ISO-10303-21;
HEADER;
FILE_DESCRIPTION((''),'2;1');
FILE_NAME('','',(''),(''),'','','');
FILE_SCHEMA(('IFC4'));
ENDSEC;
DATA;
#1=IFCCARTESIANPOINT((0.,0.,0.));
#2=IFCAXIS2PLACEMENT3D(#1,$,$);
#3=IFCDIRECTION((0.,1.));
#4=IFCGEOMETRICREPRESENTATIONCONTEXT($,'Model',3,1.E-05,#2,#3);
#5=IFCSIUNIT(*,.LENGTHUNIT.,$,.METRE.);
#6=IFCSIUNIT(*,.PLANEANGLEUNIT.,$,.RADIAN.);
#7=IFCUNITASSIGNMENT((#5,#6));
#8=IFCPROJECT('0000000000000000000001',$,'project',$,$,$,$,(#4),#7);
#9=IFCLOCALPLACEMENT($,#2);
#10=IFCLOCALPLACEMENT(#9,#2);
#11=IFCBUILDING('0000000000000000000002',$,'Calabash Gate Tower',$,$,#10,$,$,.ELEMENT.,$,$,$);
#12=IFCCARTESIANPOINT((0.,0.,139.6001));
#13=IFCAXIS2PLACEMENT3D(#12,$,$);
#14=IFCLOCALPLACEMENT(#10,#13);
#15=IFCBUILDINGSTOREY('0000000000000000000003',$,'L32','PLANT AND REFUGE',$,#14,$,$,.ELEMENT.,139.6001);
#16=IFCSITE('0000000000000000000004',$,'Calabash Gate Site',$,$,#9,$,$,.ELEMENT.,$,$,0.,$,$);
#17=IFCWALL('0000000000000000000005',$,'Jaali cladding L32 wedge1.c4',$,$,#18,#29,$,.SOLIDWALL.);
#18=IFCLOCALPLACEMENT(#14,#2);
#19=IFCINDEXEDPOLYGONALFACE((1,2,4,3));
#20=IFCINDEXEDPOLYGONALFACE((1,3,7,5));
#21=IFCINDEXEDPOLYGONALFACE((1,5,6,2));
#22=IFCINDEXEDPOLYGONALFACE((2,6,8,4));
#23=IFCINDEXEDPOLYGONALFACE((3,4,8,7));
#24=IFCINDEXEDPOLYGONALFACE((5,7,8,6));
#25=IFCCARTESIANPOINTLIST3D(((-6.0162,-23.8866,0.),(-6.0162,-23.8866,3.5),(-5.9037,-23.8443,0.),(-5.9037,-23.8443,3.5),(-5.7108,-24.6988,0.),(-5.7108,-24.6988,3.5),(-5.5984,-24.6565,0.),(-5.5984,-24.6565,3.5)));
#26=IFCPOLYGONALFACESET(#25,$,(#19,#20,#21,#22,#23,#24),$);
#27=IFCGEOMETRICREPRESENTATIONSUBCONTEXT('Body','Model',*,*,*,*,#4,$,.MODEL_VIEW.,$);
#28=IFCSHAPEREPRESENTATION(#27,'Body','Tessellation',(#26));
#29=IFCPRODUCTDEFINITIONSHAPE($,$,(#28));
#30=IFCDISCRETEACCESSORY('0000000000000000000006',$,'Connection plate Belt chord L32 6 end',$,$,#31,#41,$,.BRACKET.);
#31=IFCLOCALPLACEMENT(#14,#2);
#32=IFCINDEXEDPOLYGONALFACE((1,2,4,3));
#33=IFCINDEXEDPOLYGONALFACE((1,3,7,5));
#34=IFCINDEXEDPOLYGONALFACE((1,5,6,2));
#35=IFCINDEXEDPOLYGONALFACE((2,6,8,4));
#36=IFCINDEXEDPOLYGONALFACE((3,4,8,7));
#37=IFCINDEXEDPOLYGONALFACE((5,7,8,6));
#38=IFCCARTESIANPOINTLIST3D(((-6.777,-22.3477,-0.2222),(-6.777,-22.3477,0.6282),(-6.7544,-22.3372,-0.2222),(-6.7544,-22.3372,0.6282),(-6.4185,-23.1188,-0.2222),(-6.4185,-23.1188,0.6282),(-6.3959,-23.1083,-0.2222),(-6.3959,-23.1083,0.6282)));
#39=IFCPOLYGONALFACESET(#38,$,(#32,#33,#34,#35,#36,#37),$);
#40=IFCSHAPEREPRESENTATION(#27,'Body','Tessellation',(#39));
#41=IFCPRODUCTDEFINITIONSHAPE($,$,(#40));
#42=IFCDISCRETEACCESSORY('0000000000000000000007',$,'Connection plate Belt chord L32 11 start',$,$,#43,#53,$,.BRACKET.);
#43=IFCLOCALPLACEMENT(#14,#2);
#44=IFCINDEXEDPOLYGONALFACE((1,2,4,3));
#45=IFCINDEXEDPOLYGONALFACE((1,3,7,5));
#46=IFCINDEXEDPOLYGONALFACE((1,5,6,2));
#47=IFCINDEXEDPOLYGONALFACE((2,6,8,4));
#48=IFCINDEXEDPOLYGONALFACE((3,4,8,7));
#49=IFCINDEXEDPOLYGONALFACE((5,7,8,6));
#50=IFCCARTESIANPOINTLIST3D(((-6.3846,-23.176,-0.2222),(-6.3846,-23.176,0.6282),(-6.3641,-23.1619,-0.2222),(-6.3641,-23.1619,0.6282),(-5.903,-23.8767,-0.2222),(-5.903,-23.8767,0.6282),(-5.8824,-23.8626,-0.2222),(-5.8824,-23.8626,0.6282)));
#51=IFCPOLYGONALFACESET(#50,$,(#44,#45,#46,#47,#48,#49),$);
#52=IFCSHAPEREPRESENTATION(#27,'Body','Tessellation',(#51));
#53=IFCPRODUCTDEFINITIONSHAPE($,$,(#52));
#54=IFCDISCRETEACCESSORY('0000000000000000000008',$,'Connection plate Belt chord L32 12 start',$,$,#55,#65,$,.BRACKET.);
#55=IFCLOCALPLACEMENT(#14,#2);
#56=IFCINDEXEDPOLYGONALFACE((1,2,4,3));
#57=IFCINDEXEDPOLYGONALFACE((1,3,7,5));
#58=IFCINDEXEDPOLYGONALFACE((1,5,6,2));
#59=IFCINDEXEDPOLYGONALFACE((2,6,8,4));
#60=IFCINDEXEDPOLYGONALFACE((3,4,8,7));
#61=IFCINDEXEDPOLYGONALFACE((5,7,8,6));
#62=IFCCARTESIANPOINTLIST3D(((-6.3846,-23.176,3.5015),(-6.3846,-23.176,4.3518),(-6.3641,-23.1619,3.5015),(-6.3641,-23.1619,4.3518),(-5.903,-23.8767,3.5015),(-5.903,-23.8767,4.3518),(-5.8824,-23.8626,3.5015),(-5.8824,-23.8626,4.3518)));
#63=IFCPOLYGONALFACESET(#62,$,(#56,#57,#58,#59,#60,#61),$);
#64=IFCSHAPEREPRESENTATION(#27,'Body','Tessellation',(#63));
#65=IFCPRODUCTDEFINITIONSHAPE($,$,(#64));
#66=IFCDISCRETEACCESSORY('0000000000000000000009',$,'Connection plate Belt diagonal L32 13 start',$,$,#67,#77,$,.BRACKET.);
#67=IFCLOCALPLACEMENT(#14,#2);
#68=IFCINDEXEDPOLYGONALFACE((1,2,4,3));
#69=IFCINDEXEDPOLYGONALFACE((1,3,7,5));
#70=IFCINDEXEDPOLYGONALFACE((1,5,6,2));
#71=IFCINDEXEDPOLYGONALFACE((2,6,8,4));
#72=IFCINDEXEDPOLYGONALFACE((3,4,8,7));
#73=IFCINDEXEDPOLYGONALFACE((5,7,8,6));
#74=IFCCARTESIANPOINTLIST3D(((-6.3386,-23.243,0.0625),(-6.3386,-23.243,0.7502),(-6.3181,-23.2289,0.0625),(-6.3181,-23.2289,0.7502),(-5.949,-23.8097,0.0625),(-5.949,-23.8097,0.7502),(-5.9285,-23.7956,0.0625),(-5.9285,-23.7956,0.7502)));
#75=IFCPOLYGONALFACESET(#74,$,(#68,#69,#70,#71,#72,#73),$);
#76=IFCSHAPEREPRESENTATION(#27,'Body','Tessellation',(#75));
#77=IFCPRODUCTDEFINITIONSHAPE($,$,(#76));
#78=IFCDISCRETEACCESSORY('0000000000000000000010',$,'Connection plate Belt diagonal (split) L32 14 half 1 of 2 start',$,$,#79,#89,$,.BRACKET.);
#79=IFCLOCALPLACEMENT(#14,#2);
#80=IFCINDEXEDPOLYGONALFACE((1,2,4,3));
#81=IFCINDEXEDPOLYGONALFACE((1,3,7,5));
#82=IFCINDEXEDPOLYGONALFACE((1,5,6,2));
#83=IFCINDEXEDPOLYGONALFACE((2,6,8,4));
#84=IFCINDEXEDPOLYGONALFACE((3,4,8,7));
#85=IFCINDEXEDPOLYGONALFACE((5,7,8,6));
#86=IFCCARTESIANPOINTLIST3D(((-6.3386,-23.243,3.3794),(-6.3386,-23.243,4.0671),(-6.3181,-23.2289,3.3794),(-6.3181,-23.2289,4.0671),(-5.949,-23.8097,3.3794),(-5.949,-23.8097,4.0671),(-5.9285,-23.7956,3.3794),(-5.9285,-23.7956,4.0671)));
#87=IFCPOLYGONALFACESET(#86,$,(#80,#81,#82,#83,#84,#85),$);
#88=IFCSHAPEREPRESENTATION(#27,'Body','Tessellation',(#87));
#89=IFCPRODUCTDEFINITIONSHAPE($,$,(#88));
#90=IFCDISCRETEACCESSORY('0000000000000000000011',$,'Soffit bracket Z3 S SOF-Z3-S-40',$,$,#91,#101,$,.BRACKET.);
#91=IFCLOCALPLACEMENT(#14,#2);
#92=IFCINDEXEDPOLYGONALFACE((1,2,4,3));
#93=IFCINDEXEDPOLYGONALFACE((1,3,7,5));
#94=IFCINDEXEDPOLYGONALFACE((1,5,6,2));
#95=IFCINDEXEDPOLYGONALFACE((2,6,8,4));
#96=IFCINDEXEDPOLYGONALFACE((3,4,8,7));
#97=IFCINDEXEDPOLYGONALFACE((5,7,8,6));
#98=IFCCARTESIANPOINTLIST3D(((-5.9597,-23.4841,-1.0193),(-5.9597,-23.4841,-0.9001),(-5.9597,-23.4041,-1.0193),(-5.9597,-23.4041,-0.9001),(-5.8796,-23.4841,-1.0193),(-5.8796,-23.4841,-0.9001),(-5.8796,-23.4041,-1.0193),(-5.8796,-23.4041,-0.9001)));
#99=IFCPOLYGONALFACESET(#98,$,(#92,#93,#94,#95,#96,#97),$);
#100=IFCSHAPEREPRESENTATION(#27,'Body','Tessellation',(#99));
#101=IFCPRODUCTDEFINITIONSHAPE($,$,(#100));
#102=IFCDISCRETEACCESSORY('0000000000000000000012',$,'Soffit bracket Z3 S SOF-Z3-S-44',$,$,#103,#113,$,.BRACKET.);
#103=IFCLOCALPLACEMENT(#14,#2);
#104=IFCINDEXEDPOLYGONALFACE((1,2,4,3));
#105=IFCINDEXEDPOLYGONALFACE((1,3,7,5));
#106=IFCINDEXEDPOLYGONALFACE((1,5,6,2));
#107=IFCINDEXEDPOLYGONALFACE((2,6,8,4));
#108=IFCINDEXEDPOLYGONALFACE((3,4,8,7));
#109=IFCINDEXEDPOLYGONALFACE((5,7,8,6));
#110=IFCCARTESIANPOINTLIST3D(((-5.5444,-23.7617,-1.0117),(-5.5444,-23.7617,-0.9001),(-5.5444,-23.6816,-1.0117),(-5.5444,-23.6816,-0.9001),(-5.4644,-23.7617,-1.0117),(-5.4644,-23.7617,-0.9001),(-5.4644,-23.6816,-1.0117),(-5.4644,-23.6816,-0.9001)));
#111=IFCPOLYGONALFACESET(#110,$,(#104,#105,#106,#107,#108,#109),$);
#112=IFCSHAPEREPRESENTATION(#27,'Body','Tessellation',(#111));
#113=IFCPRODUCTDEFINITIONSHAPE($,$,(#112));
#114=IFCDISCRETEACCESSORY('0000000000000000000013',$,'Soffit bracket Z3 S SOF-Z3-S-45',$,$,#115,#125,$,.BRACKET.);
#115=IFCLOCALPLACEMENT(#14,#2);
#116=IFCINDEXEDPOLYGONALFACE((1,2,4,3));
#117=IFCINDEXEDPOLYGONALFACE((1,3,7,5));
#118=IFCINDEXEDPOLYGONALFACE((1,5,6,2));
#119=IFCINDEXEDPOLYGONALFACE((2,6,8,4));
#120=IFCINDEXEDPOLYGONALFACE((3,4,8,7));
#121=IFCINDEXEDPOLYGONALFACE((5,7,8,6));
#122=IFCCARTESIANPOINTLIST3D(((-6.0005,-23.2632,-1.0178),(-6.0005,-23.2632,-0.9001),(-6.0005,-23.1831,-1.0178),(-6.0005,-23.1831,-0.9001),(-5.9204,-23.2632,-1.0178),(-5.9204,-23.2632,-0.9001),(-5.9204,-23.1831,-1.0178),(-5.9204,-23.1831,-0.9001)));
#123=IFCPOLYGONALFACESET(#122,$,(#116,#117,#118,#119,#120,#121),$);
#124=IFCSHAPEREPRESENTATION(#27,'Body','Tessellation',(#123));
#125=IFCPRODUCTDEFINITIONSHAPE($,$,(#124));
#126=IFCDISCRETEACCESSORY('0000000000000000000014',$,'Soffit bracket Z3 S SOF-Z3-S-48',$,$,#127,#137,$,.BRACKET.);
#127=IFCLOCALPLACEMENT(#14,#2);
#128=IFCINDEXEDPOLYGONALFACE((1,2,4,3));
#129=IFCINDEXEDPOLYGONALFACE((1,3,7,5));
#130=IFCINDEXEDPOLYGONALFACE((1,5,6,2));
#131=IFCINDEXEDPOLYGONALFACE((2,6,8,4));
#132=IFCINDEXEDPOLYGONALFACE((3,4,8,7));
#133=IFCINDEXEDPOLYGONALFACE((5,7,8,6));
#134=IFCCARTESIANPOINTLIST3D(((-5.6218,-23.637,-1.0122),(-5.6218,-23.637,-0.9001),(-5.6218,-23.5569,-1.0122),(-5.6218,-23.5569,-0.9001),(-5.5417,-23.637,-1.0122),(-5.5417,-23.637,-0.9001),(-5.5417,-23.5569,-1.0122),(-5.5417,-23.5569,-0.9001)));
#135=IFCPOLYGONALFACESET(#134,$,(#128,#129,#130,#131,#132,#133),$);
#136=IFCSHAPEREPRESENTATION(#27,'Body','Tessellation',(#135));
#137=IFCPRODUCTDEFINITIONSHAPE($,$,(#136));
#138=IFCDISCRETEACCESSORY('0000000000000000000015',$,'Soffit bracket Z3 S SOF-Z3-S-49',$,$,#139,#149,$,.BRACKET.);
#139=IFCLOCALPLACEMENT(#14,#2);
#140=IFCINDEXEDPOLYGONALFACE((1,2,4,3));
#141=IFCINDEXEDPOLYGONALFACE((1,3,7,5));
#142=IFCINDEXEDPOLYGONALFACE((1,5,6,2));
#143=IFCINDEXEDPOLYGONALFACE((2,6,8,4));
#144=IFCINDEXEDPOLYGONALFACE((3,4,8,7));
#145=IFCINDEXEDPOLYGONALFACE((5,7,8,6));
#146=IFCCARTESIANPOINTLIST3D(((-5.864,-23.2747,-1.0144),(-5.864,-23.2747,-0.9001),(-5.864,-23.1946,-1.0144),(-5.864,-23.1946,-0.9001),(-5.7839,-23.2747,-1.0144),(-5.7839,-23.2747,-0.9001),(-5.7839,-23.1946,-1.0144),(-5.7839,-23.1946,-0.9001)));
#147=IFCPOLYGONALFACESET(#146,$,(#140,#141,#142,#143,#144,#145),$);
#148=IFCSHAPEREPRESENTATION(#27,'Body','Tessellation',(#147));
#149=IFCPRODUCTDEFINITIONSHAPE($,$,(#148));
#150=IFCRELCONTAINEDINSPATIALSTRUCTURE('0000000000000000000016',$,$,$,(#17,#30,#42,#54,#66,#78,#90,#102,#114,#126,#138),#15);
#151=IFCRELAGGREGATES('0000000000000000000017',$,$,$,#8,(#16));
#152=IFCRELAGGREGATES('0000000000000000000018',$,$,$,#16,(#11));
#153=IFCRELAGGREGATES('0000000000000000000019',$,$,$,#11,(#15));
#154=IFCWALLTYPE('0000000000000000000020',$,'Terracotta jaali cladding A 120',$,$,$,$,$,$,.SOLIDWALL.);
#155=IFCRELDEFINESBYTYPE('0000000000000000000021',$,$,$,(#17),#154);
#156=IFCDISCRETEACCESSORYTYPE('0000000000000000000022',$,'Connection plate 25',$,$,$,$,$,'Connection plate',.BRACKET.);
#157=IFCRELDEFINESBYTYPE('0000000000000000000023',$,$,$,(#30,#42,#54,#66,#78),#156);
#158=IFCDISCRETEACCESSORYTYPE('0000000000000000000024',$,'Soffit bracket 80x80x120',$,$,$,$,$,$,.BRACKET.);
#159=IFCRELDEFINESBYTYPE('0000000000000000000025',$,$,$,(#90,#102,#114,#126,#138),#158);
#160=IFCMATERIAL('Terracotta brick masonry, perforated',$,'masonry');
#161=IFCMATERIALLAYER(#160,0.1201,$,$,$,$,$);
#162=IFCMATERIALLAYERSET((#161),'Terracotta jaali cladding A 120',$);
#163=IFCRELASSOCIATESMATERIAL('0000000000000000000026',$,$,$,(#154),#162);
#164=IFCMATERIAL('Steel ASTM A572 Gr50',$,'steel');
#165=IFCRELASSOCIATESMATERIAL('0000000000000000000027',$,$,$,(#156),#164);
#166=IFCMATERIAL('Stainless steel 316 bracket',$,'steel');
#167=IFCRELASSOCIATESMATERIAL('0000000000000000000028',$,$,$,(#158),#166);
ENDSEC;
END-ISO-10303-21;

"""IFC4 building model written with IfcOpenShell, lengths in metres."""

from ifc_helpers import new_model, si_unit, direction, frame, frame_2d, origin, origin_2d, place, context, subcontext, project, spatial, rectangle, extrude, material, layer, layer_set, type_object, element, save


model = new_model("IFC4")

# Units and contexts
model_context = context("Model", 3, precision=1e-05, world=origin(), true_north=direction((0.0, 1.0)))
body_context = subcontext(model_context, "Body", "Model", "MODEL_VIEW")
ifc_project = project(units=[si_unit("LENGTHUNIT", "METRE"), si_unit("PLANEANGLEUNIT", "RADIAN")], contexts=[model_context])

# Site, building, storey
site_placement = place(None, origin())
site = spatial("IfcSite", under=ifc_project, at=site_placement, Name="Calabash Gate Site", CompositionType="ELEMENT", RefElevation=0.0)
building_placement = place(site_placement, origin())
building = spatial("IfcBuilding", under=site, at=building_placement, Name="Calabash Gate Tower", CompositionType="ELEMENT")
storey_placement = place(building_placement, frame((0.0, 0.0, 139.6001)))
storey = spatial("IfcBuildingStorey", under=building, at=storey_placement, Name="L32", Description="PLANT AND REFUGE", CompositionType="ELEMENT", Elevation=139.6001)

# Wall
ifc_material_1 = material(Name="Terracotta brick masonry, perforated", Category="masonry")
ifc_layer_1 = layer(ifc_material_1, 0.1201)
ifc_layer_set_1 = layer_set([ifc_layer_1], Name="Terracotta jaali cladding A 120")
wall_type = type_object("IfcWallType", Name="Terracotta jaali cladding A 120", PredefinedType="SOLIDWALL", material=ifc_layer_set_1)
wall_placement = place(storey_placement, frame((-5.96, -23.8655, 0.0), z_axis=(0.0, 0.0, 1.0), x_axis=(0.351956, -0.936017, 0.0)))
element("IfcWall", 1, at=wall_placement, inside=storey, type_object=wall_type, Name="Jaali cladding L32 wedge1.c4", PredefinedType="SOLIDWALL", context=body_context, shape_type="SweptSolid", body=[
    extrude(rectangle(XDim=0.8677, YDim=0.1201, at=frame_2d((0.4338, 0.0))), origin(), (0.0, 0.0, 1.0), 3.5),
])

# Discrete accessories
ifc_material_2 = material(Name="Steel ASTM A572 Gr50", Category="steel")
discrete_accessory_type_1 = type_object("IfcDiscreteAccessoryType", Name="Connection plate 25", ElementType="Connection plate", PredefinedType="BRACKET", material=ifc_material_2)
for number, where, z_axis, x_axis, name in (
    (2, (-6.5864, -22.728, -0.2222), (0.0, 0.0, 1.0), (0.421566, -0.906798, 0.0), "Connection plate Belt chord L32 6 end"),
    (3, (-6.1335, -23.5193, -0.2222), (0.0, 0.0, 1.0), (0.566463, -0.824087, 0.0), "Connection plate Belt chord L32 11 start"),
    (4, (-6.1335, -23.5193, 3.5015), (0.0, 0.0, 1.0), (0.566463, -0.824087, 0.0), "Connection plate Belt chord L32 12 start"),
):
    element("IfcDiscreteAccessory", number, at=place(storey_placement, frame(where, z_axis=z_axis, x_axis=x_axis)), inside=storey, type_object=discrete_accessory_type_1, Name=name, PredefinedType="BRACKET", context=body_context, shape_type="SweptSolid", body=[
        extrude(rectangle(XDim=0.8503, YDim=0.0249, at=origin_2d()), origin(), (0.0, 0.0, 1.0), 0.8503),
    ])
for number, where, z_axis, x_axis, name in (
    (5, (-6.1335, -23.5193, 0.0625), (0.0, 0.0, 1.0), (0.566463, -0.824087, 0.0), "Connection plate Belt diagonal L32 13 start"),
    (6, (-6.1335, -23.5193, 3.3794), (0.0, 0.0, 1.0), (0.566463, -0.824087, 0.0), "Connection plate Belt diagonal (split) L32 14 half 1 of 2 start"),
):
    element("IfcDiscreteAccessory", number, at=place(storey_placement, frame(where, z_axis=z_axis, x_axis=x_axis)), inside=storey, type_object=discrete_accessory_type_1, Name=name, PredefinedType="BRACKET", context=body_context, shape_type="SweptSolid", body=[
        extrude(rectangle(XDim=0.6877, YDim=0.0249, at=origin_2d()), origin(), (0.0, 0.0, 1.0), 0.6877),
    ])
ifc_material_3 = material(Name="Stainless steel 316 bracket", Category="steel")
discrete_accessory_type_2 = type_object("IfcDiscreteAccessoryType", Name="Soffit bracket 80x80x120", PredefinedType="BRACKET", material=ifc_material_3)
discrete_accessory_1_placement = place(storey_placement, frame((-5.9197, -23.4441, -1.0193), z_axis=(0.0, 0.0, 1.0), x_axis=(1.0, 0.0, 0.0)))
element("IfcDiscreteAccessory", 7, at=discrete_accessory_1_placement, inside=storey, type_object=discrete_accessory_type_2, Name="Soffit bracket Z3 S SOF-Z3-S-40", PredefinedType="BRACKET", context=body_context, shape_type="SweptSolid", body=[
    extrude(rectangle(XDim=0.0801, YDim=0.0801, at=origin_2d()), origin(), (0.0, 0.0, 1.0), 0.1191),
])
discrete_accessory_2_placement = place(storey_placement, frame((-5.5044, -23.7217, -1.0117), z_axis=(0.0, 0.0, 1.0), x_axis=(1.0, 0.0, 0.0)))
element("IfcDiscreteAccessory", 8, at=discrete_accessory_2_placement, inside=storey, type_object=discrete_accessory_type_2, Name="Soffit bracket Z3 S SOF-Z3-S-44", PredefinedType="BRACKET", context=body_context, shape_type="SweptSolid", body=[
    extrude(rectangle(XDim=0.0801, YDim=0.0801, at=origin_2d()), origin(), (0.0, 0.0, 1.0), 0.1116),
])
discrete_accessory_3_placement = place(storey_placement, frame((-5.9604, -23.2231, -1.0178), z_axis=(0.0, 0.0, 1.0), x_axis=(1.0, 0.0, 0.0)))
element("IfcDiscreteAccessory", 9, at=discrete_accessory_3_placement, inside=storey, type_object=discrete_accessory_type_2, Name="Soffit bracket Z3 S SOF-Z3-S-45", PredefinedType="BRACKET", context=body_context, shape_type="SweptSolid", body=[
    extrude(rectangle(XDim=0.0801, YDim=0.0801, at=origin_2d()), origin(), (0.0, 0.0, 1.0), 0.1177),
])
discrete_accessory_4_placement = place(storey_placement, frame((-5.5818, -23.5969, -1.0122), z_axis=(0.0, 0.0, 1.0), x_axis=(1.0, 0.0, 0.0)))
element("IfcDiscreteAccessory", 10, at=discrete_accessory_4_placement, inside=storey, type_object=discrete_accessory_type_2, Name="Soffit bracket Z3 S SOF-Z3-S-48", PredefinedType="BRACKET", context=body_context, shape_type="SweptSolid", body=[
    extrude(rectangle(XDim=0.0801, YDim=0.0801, at=origin_2d()), origin(), (0.0, 0.0, 1.0), 0.1121),
])
discrete_accessory_5_placement = place(storey_placement, frame((-5.824, -23.2346, -1.0144), z_axis=(0.0, 0.0, 1.0), x_axis=(1.0, 0.0, 0.0)))
element("IfcDiscreteAccessory", 11, at=discrete_accessory_5_placement, inside=storey, type_object=discrete_accessory_type_2, Name="Soffit bracket Z3 S SOF-Z3-S-49", PredefinedType="BRACKET", context=body_context, shape_type="SweptSolid", body=[
    extrude(rectangle(XDim=0.0801, YDim=0.0801, at=origin_2d()), origin(), (0.0, 0.0, 1.0), 0.1143),
])

save(model, "model.ifc")
